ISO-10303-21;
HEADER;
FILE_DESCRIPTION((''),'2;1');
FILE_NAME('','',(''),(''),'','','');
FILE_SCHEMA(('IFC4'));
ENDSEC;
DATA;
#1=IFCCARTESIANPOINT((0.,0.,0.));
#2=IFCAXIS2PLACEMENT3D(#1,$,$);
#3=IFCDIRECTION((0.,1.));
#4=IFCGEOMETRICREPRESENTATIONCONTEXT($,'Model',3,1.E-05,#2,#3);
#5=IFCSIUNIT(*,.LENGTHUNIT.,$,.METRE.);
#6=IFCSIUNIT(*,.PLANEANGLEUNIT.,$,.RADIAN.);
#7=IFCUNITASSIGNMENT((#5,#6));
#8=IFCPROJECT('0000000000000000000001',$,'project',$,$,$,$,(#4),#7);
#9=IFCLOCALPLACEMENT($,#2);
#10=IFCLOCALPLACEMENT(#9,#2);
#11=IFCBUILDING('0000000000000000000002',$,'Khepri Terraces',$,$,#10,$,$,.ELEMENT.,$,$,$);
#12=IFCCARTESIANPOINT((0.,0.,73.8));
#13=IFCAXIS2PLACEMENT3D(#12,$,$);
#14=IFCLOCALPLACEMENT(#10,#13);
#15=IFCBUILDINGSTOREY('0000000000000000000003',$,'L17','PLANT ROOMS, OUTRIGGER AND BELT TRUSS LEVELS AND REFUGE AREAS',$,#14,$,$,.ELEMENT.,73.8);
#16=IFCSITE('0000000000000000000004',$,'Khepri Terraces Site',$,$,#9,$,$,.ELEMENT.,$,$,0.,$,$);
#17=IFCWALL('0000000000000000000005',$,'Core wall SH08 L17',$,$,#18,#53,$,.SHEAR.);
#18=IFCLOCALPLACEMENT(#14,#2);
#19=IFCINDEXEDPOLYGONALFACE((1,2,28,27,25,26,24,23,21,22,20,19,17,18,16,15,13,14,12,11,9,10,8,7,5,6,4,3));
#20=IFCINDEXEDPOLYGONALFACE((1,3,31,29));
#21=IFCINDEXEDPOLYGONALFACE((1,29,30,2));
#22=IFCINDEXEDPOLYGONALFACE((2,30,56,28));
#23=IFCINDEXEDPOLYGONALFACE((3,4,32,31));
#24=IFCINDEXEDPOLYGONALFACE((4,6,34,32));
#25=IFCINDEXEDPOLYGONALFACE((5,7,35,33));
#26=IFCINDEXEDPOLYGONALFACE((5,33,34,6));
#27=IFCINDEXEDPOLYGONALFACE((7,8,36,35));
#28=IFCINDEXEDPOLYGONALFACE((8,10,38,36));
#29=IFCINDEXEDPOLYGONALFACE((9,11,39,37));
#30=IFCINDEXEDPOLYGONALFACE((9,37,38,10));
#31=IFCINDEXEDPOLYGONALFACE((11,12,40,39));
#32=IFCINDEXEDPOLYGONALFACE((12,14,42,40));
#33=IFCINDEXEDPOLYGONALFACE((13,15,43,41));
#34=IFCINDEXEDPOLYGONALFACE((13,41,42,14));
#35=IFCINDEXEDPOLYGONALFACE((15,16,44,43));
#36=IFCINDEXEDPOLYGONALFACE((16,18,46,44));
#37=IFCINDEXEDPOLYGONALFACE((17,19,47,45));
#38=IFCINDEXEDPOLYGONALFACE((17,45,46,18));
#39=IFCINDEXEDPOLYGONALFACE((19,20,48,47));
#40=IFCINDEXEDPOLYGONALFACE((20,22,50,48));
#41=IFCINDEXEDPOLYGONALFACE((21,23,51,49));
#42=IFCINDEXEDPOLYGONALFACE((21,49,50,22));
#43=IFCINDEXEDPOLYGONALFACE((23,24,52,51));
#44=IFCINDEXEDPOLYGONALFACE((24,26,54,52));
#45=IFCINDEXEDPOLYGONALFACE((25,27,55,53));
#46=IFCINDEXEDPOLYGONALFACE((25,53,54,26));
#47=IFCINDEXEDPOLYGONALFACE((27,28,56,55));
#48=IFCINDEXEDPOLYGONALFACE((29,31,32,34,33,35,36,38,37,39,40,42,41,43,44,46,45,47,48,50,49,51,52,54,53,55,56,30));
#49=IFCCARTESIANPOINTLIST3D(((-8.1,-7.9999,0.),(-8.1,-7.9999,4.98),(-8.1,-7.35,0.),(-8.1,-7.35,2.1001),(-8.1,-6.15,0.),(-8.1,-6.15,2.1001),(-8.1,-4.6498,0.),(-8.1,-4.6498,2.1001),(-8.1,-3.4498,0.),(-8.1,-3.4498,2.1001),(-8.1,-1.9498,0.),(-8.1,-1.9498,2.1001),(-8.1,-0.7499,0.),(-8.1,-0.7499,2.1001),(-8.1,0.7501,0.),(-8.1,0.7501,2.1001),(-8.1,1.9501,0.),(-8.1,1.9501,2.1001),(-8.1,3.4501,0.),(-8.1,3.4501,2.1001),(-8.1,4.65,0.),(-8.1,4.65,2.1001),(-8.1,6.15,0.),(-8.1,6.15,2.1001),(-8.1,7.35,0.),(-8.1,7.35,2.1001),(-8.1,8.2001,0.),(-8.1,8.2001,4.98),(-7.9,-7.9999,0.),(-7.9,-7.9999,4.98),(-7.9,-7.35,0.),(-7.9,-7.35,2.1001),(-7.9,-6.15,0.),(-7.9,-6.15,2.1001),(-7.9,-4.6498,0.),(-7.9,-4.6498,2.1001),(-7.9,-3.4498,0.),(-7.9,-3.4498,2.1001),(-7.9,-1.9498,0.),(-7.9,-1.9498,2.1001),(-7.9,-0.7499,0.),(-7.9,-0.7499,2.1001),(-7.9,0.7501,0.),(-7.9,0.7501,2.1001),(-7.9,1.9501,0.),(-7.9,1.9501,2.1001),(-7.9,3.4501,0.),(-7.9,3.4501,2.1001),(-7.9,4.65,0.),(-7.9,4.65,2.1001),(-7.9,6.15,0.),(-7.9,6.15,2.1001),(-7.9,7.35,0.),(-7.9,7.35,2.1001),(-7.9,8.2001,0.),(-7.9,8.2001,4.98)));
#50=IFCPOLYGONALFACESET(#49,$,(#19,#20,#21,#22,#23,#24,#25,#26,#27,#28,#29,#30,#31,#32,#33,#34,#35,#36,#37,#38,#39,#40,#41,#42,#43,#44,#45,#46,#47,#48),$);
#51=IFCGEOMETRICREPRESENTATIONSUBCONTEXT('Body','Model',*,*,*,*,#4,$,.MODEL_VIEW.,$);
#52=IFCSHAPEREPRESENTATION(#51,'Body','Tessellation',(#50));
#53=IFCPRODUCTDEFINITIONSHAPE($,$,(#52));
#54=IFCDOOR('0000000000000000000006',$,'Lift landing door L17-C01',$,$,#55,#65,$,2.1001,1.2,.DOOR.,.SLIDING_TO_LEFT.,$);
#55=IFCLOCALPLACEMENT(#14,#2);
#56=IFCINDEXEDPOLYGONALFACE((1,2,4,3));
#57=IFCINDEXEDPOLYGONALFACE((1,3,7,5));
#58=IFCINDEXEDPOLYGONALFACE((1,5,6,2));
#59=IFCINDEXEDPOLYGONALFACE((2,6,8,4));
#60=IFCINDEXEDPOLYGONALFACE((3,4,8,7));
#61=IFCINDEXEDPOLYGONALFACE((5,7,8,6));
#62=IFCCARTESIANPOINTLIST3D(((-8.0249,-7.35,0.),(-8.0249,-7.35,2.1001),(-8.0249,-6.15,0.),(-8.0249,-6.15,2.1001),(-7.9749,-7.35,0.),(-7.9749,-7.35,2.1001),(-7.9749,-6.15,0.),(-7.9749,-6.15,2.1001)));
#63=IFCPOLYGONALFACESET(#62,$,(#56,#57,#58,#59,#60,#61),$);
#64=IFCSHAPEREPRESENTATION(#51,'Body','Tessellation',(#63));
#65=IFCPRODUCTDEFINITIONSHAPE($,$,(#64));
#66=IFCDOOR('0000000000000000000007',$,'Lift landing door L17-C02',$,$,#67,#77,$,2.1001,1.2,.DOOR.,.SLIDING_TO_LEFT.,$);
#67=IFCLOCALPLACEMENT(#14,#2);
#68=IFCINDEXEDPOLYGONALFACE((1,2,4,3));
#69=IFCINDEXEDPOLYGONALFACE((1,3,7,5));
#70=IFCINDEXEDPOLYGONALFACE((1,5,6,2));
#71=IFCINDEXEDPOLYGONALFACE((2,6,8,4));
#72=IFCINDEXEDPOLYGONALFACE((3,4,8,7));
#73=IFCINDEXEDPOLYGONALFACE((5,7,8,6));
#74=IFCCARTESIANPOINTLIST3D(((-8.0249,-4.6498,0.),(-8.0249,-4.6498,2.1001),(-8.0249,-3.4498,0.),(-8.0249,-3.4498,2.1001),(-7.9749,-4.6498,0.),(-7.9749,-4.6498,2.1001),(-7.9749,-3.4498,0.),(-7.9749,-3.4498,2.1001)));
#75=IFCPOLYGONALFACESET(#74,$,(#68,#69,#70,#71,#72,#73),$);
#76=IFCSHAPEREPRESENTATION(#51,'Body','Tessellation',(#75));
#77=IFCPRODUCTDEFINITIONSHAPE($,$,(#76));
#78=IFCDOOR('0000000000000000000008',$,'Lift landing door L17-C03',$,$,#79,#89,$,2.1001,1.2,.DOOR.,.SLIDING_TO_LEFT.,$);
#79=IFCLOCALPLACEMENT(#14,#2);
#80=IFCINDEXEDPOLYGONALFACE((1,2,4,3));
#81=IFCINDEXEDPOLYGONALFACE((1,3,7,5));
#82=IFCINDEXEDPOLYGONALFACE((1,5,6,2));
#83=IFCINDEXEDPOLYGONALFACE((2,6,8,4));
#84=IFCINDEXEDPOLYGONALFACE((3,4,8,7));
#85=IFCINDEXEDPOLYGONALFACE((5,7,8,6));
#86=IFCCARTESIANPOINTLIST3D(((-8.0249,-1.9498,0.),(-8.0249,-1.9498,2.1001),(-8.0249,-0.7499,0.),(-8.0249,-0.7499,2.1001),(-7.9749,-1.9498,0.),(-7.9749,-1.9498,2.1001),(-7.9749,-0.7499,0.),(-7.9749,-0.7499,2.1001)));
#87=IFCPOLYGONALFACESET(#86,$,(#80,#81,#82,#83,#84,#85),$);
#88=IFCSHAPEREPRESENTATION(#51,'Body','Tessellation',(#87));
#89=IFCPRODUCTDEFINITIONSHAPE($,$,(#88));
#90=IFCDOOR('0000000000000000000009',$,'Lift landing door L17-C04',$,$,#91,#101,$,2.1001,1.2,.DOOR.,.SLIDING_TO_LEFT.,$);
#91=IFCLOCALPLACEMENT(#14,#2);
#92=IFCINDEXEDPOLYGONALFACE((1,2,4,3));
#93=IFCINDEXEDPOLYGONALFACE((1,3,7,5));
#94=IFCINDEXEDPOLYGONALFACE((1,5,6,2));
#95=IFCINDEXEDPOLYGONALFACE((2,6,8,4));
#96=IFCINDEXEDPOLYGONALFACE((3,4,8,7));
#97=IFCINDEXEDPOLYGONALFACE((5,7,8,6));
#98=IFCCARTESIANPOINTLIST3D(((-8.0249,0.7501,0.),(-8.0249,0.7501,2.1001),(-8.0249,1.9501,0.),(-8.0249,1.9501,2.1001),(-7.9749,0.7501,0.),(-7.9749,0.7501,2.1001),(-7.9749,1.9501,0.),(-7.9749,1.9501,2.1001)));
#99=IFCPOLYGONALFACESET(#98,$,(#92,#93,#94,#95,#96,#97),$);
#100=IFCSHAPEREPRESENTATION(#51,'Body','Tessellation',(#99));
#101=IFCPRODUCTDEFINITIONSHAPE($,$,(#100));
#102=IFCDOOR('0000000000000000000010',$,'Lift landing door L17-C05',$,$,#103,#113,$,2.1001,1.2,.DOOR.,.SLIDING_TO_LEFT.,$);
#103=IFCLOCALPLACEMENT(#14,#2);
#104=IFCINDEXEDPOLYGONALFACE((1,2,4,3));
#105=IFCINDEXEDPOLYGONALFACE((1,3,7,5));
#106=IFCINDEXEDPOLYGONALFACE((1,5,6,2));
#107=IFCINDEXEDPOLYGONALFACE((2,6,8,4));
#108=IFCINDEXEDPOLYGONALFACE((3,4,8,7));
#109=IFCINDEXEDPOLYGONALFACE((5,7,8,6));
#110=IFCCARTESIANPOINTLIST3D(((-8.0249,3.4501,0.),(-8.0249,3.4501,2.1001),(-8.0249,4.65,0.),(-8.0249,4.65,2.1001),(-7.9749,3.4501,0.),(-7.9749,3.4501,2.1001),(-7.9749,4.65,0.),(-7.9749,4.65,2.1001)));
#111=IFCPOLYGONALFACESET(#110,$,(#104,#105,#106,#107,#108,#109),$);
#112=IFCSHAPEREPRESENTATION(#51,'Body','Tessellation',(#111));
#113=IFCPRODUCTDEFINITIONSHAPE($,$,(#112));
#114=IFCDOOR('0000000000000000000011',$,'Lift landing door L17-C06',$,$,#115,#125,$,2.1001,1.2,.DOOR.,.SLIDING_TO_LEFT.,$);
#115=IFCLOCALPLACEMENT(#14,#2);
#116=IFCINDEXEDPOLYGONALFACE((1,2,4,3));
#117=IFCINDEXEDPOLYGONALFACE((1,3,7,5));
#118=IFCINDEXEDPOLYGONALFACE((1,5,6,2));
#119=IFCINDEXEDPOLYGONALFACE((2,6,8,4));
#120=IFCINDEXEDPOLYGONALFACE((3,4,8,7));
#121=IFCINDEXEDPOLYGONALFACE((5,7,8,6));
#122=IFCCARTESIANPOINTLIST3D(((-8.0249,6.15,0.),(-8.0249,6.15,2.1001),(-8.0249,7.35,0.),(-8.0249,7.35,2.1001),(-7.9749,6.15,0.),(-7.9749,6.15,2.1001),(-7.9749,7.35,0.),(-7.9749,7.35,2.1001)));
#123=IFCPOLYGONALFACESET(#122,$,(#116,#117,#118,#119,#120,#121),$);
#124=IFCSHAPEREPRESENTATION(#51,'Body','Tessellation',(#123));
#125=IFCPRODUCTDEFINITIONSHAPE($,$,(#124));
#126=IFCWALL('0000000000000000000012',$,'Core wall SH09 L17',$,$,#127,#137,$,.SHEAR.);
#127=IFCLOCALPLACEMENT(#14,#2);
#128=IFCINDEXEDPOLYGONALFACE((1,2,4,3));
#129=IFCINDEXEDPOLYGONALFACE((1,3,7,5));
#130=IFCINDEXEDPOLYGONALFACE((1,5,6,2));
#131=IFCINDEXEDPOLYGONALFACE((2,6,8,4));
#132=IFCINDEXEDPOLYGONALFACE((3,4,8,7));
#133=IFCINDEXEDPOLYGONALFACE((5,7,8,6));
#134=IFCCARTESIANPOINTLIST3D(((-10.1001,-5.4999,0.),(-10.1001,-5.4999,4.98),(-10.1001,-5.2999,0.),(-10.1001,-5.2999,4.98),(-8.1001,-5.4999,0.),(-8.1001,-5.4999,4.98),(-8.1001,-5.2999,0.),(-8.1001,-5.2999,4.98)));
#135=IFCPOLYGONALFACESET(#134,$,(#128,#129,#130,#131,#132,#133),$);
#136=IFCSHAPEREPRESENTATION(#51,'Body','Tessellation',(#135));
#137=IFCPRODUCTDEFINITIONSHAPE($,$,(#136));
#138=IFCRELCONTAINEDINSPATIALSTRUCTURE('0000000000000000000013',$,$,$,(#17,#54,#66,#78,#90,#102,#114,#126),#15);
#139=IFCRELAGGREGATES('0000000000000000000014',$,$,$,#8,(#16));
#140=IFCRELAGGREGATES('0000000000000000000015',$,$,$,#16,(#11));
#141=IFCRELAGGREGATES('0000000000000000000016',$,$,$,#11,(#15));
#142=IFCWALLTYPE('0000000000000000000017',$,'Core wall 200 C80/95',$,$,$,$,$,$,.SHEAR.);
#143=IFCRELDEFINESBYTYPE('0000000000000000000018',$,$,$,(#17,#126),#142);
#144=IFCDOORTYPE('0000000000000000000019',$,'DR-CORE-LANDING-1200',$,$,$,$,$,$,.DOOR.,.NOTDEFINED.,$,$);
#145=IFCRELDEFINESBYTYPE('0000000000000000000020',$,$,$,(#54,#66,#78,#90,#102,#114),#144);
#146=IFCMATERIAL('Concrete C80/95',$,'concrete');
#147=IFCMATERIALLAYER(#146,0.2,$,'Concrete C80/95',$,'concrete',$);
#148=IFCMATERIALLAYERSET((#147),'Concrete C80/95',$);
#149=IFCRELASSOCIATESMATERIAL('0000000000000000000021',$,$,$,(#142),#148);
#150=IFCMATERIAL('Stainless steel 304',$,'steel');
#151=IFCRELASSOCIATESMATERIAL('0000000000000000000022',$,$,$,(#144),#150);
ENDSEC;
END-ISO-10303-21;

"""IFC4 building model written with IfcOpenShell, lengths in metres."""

from ifc_helpers import new_model, si_unit, direction, frame, frame_2d, origin, place, context, subcontext, project, spatial, rectangle, extrude, material, layer, layer_set, type_object, element, fill, save


model = new_model("IFC4")

# Units and contexts
model_context = context("Model", 3, precision=1e-05, world=origin(), true_north=direction((0.0, 1.0)))
body_context = subcontext(model_context, "Body", "Model", "MODEL_VIEW")
ifc_project = project(units=[si_unit("LENGTHUNIT", "METRE"), si_unit("PLANEANGLEUNIT", "RADIAN")], contexts=[model_context])

# Site, building, storey
site_placement = place(None, origin())
site = spatial("IfcSite", under=ifc_project, at=site_placement, Name="Khepri Terraces Site", CompositionType="ELEMENT", RefElevation=0.0)
building_placement = place(site_placement, origin())
building = spatial("IfcBuilding", under=site, at=building_placement, Name="Khepri Terraces", CompositionType="ELEMENT")
storey_placement = place(building_placement, frame((0.0, 0.0, 73.8)))
storey = spatial("IfcBuildingStorey", under=building, at=storey_placement, Name="L17", Description="PLANT ROOMS, OUTRIGGER AND BELT TRUSS LEVELS AND REFUGE AREAS", CompositionType="ELEMENT", Elevation=73.8)

# Shared definitions
ifc_material_1 = material(Name="Concrete C80/95", Category="concrete")
ifc_layer_1 = layer(ifc_material_1, 0.2, Name="Concrete C80/95", Category="concrete")
ifc_layer_set_1 = layer_set([ifc_layer_1], Name="Concrete C80/95")
wall_type_1 = type_object("IfcWallType", Name="Core wall 200 C80/95", PredefinedType="SHEAR", material=ifc_layer_set_1)

# Wall, openings, doors
wall_1_placement = place(storey_placement, frame((-8.0, -8.0, 0.0), z_axis=(0.0, 0.0, 1.0), x_axis=(0.0, 1.0, 0.0)))
wall_1 = element("IfcWall", 1, at=wall_1_placement, inside=storey, type_object=wall_type_1, Name="Core wall SH08 L17", PredefinedType="SHEAR", context=body_context, shape_type="SweptSolid", body=[
    extrude(rectangle(XDim=16.2, YDim=0.2, at=frame_2d((8.1001, 0.0))), origin(), (0.0, 0.0, 1.0), 4.98),
])
opening_1_placement = place(wall_1_placement, frame((0.6499, 0.0, 0.0)))
opening_1 = element("IfcOpeningElement", 2, at=opening_1_placement, cuts=wall_1, PredefinedType="OPENING", context=body_context, shape_type="SweptSolid", body=[
    extrude(rectangle(XDim=1.2, YDim=2.1001, at=frame_2d((0.6001, 1.05))), frame((0.0, 0.1099, 0.0), z_axis=(0.0, -1.0, 0.0), x_axis=(1.0, 0.0, 0.0)), (0.0, 0.0, 1.0), 0.22),
])
opening_2_placement = place(wall_1_placement, frame((3.3501, 0.0, 0.0)))
opening_2 = element("IfcOpeningElement", 3, at=opening_2_placement, cuts=wall_1, PredefinedType="OPENING", context=body_context, shape_type="SweptSolid", body=[
    extrude(rectangle(XDim=1.2, YDim=2.1001, at=frame_2d((0.6001, 1.05))), frame((0.0, 0.1099, 0.0), z_axis=(0.0, -1.0, 0.0), x_axis=(1.0, 0.0, 0.0)), (0.0, 0.0, 1.0), 0.22),
])
opening_3_placement = place(wall_1_placement, frame((6.05, 0.0, 0.0)))
opening_3 = element("IfcOpeningElement", 4, at=opening_3_placement, cuts=wall_1, PredefinedType="OPENING", context=body_context, shape_type="SweptSolid", body=[
    extrude(rectangle(XDim=1.2, YDim=2.1001, at=frame_2d((0.6001, 1.05))), frame((0.0, 0.1099, 0.0), z_axis=(0.0, -1.0, 0.0), x_axis=(1.0, 0.0, 0.0)), (0.0, 0.0, 1.0), 0.22),
])
opening_4_placement = place(wall_1_placement, frame((8.75, 0.0, 0.0)))
opening_4 = element("IfcOpeningElement", 5, at=opening_4_placement, cuts=wall_1, PredefinedType="OPENING", context=body_context, shape_type="SweptSolid", body=[
    extrude(rectangle(XDim=1.2, YDim=2.1001, at=frame_2d((0.6001, 1.05))), frame((0.0, 0.1099, 0.0), z_axis=(0.0, -1.0, 0.0), x_axis=(1.0, 0.0, 0.0)), (0.0, 0.0, 1.0), 0.22),
])
opening_5_placement = place(wall_1_placement, frame((11.45, 0.0, 0.0)))
opening_5 = element("IfcOpeningElement", 6, at=opening_5_placement, cuts=wall_1, PredefinedType="OPENING", context=body_context, shape_type="SweptSolid", body=[
    extrude(rectangle(XDim=1.2, YDim=2.1001, at=frame_2d((0.6001, 1.05))), frame((0.0, 0.1099, 0.0), z_axis=(0.0, -1.0, 0.0), x_axis=(1.0, 0.0, 0.0)), (0.0, 0.0, 1.0), 0.22),
])
opening_6_placement = place(wall_1_placement, frame((14.1499, 0.0, 0.0)))
opening_6 = element("IfcOpeningElement", 7, at=opening_6_placement, cuts=wall_1, PredefinedType="OPENING", context=body_context, shape_type="SweptSolid", body=[
    extrude(rectangle(XDim=1.2, YDim=2.1001, at=frame_2d((0.6001, 1.05))), frame((0.0, 0.1099, 0.0), z_axis=(0.0, -1.0, 0.0), x_axis=(1.0, 0.0, 0.0)), (0.0, 0.0, 1.0), 0.22),
])
ifc_material_2 = material(Name="Stainless steel 304", Category="steel")
door_type_1 = type_object("IfcDoorType", Name="DR-CORE-LANDING-1200", OperationType="NOTDEFINED", PredefinedType="DOOR", material=ifc_material_2)
door_1_placement = place(opening_1_placement, origin())
door_1 = element("IfcDoor", 8, at=door_1_placement, inside=storey, type_object=door_type_1, Name="Lift landing door L17-C01", OperationType="SLIDING_TO_LEFT", OverallHeight=2.1001, OverallWidth=1.2, PredefinedType="DOOR", context=body_context, shape_type="SweptSolid", body=[
    extrude(rectangle(XDim=1.2, YDim=2.1001, at=frame_2d((0.6001, 1.05))), frame((0.0, 0.0249, 0.0), z_axis=(0.0, -1.0, 0.0), x_axis=(1.0, 0.0, 0.0)), (0.0, 0.0, 1.0), 0.05),
])
fill(opening_1, door_1)
door_2_placement = place(opening_2_placement, origin())
door_2 = element("IfcDoor", 9, at=door_2_placement, inside=storey, type_object=door_type_1, Name="Lift landing door L17-C02", OperationType="SLIDING_TO_LEFT", OverallHeight=2.1001, OverallWidth=1.2, PredefinedType="DOOR", context=body_context, shape_type="SweptSolid", body=[
    extrude(rectangle(XDim=1.2, YDim=2.1001, at=frame_2d((0.6001, 1.05))), frame((0.0, 0.0249, 0.0), z_axis=(0.0, -1.0, 0.0), x_axis=(1.0, 0.0, 0.0)), (0.0, 0.0, 1.0), 0.05),
])
fill(opening_2, door_2)
door_3_placement = place(opening_3_placement, origin())
door_3 = element("IfcDoor", 10, at=door_3_placement, inside=storey, type_object=door_type_1, Name="Lift landing door L17-C03", OperationType="SLIDING_TO_LEFT", OverallHeight=2.1001, OverallWidth=1.2, PredefinedType="DOOR", context=body_context, shape_type="SweptSolid", body=[
    extrude(rectangle(XDim=1.2, YDim=2.1001, at=frame_2d((0.6001, 1.05))), frame((0.0, 0.0249, 0.0), z_axis=(0.0, -1.0, 0.0), x_axis=(1.0, 0.0, 0.0)), (0.0, 0.0, 1.0), 0.05),
])
fill(opening_3, door_3)
door_4_placement = place(opening_4_placement, origin())
door_4 = element("IfcDoor", 11, at=door_4_placement, inside=storey, type_object=door_type_1, Name="Lift landing door L17-C04", OperationType="SLIDING_TO_LEFT", OverallHeight=2.1001, OverallWidth=1.2, PredefinedType="DOOR", context=body_context, shape_type="SweptSolid", body=[
    extrude(rectangle(XDim=1.2, YDim=2.1001, at=frame_2d((0.6001, 1.05))), frame((0.0, 0.0249, 0.0), z_axis=(0.0, -1.0, 0.0), x_axis=(1.0, 0.0, 0.0)), (0.0, 0.0, 1.0), 0.05),
])
fill(opening_4, door_4)
door_5_placement = place(opening_5_placement, origin())
door_5 = element("IfcDoor", 12, at=door_5_placement, inside=storey, type_object=door_type_1, Name="Lift landing door L17-C05", OperationType="SLIDING_TO_LEFT", OverallHeight=2.1001, OverallWidth=1.2, PredefinedType="DOOR", context=body_context, shape_type="SweptSolid", body=[
    extrude(rectangle(XDim=1.2, YDim=2.1001, at=frame_2d((0.6001, 1.05))), frame((0.0, 0.0249, 0.0), z_axis=(0.0, -1.0, 0.0), x_axis=(1.0, 0.0, 0.0)), (0.0, 0.0, 1.0), 0.05),
])
fill(opening_5, door_5)
door_6_placement = place(opening_6_placement, origin())
door_6 = element("IfcDoor", 13, at=door_6_placement, inside=storey, type_object=door_type_1, Name="Lift landing door L17-C06", OperationType="SLIDING_TO_LEFT", OverallHeight=2.1001, OverallWidth=1.2, PredefinedType="DOOR", context=body_context, shape_type="SweptSolid", body=[
    extrude(rectangle(XDim=1.2, YDim=2.1001, at=frame_2d((0.6001, 1.05))), frame((0.0, 0.0249, 0.0), z_axis=(0.0, -1.0, 0.0), x_axis=(1.0, 0.0, 0.0)), (0.0, 0.0, 1.0), 0.05),
])
fill(opening_6, door_6)

# Wall
wall_2_placement = place(storey_placement, frame((-10.1001, -5.3999, 0.0), z_axis=(0.0, 0.0, 1.0), x_axis=(1.0, 0.0, 0.0)))
element("IfcWall", 14, at=wall_2_placement, inside=storey, type_object=wall_type_1, Name="Core wall SH09 L17", PredefinedType="SHEAR", context=body_context, shape_type="SweptSolid", body=[
    extrude(rectangle(XDim=2.0, YDim=0.2, at=frame_2d((1.0, 0.0))), origin(), (0.0, 0.0, 1.0), 4.98),
])

save(model, "model.ifc")
